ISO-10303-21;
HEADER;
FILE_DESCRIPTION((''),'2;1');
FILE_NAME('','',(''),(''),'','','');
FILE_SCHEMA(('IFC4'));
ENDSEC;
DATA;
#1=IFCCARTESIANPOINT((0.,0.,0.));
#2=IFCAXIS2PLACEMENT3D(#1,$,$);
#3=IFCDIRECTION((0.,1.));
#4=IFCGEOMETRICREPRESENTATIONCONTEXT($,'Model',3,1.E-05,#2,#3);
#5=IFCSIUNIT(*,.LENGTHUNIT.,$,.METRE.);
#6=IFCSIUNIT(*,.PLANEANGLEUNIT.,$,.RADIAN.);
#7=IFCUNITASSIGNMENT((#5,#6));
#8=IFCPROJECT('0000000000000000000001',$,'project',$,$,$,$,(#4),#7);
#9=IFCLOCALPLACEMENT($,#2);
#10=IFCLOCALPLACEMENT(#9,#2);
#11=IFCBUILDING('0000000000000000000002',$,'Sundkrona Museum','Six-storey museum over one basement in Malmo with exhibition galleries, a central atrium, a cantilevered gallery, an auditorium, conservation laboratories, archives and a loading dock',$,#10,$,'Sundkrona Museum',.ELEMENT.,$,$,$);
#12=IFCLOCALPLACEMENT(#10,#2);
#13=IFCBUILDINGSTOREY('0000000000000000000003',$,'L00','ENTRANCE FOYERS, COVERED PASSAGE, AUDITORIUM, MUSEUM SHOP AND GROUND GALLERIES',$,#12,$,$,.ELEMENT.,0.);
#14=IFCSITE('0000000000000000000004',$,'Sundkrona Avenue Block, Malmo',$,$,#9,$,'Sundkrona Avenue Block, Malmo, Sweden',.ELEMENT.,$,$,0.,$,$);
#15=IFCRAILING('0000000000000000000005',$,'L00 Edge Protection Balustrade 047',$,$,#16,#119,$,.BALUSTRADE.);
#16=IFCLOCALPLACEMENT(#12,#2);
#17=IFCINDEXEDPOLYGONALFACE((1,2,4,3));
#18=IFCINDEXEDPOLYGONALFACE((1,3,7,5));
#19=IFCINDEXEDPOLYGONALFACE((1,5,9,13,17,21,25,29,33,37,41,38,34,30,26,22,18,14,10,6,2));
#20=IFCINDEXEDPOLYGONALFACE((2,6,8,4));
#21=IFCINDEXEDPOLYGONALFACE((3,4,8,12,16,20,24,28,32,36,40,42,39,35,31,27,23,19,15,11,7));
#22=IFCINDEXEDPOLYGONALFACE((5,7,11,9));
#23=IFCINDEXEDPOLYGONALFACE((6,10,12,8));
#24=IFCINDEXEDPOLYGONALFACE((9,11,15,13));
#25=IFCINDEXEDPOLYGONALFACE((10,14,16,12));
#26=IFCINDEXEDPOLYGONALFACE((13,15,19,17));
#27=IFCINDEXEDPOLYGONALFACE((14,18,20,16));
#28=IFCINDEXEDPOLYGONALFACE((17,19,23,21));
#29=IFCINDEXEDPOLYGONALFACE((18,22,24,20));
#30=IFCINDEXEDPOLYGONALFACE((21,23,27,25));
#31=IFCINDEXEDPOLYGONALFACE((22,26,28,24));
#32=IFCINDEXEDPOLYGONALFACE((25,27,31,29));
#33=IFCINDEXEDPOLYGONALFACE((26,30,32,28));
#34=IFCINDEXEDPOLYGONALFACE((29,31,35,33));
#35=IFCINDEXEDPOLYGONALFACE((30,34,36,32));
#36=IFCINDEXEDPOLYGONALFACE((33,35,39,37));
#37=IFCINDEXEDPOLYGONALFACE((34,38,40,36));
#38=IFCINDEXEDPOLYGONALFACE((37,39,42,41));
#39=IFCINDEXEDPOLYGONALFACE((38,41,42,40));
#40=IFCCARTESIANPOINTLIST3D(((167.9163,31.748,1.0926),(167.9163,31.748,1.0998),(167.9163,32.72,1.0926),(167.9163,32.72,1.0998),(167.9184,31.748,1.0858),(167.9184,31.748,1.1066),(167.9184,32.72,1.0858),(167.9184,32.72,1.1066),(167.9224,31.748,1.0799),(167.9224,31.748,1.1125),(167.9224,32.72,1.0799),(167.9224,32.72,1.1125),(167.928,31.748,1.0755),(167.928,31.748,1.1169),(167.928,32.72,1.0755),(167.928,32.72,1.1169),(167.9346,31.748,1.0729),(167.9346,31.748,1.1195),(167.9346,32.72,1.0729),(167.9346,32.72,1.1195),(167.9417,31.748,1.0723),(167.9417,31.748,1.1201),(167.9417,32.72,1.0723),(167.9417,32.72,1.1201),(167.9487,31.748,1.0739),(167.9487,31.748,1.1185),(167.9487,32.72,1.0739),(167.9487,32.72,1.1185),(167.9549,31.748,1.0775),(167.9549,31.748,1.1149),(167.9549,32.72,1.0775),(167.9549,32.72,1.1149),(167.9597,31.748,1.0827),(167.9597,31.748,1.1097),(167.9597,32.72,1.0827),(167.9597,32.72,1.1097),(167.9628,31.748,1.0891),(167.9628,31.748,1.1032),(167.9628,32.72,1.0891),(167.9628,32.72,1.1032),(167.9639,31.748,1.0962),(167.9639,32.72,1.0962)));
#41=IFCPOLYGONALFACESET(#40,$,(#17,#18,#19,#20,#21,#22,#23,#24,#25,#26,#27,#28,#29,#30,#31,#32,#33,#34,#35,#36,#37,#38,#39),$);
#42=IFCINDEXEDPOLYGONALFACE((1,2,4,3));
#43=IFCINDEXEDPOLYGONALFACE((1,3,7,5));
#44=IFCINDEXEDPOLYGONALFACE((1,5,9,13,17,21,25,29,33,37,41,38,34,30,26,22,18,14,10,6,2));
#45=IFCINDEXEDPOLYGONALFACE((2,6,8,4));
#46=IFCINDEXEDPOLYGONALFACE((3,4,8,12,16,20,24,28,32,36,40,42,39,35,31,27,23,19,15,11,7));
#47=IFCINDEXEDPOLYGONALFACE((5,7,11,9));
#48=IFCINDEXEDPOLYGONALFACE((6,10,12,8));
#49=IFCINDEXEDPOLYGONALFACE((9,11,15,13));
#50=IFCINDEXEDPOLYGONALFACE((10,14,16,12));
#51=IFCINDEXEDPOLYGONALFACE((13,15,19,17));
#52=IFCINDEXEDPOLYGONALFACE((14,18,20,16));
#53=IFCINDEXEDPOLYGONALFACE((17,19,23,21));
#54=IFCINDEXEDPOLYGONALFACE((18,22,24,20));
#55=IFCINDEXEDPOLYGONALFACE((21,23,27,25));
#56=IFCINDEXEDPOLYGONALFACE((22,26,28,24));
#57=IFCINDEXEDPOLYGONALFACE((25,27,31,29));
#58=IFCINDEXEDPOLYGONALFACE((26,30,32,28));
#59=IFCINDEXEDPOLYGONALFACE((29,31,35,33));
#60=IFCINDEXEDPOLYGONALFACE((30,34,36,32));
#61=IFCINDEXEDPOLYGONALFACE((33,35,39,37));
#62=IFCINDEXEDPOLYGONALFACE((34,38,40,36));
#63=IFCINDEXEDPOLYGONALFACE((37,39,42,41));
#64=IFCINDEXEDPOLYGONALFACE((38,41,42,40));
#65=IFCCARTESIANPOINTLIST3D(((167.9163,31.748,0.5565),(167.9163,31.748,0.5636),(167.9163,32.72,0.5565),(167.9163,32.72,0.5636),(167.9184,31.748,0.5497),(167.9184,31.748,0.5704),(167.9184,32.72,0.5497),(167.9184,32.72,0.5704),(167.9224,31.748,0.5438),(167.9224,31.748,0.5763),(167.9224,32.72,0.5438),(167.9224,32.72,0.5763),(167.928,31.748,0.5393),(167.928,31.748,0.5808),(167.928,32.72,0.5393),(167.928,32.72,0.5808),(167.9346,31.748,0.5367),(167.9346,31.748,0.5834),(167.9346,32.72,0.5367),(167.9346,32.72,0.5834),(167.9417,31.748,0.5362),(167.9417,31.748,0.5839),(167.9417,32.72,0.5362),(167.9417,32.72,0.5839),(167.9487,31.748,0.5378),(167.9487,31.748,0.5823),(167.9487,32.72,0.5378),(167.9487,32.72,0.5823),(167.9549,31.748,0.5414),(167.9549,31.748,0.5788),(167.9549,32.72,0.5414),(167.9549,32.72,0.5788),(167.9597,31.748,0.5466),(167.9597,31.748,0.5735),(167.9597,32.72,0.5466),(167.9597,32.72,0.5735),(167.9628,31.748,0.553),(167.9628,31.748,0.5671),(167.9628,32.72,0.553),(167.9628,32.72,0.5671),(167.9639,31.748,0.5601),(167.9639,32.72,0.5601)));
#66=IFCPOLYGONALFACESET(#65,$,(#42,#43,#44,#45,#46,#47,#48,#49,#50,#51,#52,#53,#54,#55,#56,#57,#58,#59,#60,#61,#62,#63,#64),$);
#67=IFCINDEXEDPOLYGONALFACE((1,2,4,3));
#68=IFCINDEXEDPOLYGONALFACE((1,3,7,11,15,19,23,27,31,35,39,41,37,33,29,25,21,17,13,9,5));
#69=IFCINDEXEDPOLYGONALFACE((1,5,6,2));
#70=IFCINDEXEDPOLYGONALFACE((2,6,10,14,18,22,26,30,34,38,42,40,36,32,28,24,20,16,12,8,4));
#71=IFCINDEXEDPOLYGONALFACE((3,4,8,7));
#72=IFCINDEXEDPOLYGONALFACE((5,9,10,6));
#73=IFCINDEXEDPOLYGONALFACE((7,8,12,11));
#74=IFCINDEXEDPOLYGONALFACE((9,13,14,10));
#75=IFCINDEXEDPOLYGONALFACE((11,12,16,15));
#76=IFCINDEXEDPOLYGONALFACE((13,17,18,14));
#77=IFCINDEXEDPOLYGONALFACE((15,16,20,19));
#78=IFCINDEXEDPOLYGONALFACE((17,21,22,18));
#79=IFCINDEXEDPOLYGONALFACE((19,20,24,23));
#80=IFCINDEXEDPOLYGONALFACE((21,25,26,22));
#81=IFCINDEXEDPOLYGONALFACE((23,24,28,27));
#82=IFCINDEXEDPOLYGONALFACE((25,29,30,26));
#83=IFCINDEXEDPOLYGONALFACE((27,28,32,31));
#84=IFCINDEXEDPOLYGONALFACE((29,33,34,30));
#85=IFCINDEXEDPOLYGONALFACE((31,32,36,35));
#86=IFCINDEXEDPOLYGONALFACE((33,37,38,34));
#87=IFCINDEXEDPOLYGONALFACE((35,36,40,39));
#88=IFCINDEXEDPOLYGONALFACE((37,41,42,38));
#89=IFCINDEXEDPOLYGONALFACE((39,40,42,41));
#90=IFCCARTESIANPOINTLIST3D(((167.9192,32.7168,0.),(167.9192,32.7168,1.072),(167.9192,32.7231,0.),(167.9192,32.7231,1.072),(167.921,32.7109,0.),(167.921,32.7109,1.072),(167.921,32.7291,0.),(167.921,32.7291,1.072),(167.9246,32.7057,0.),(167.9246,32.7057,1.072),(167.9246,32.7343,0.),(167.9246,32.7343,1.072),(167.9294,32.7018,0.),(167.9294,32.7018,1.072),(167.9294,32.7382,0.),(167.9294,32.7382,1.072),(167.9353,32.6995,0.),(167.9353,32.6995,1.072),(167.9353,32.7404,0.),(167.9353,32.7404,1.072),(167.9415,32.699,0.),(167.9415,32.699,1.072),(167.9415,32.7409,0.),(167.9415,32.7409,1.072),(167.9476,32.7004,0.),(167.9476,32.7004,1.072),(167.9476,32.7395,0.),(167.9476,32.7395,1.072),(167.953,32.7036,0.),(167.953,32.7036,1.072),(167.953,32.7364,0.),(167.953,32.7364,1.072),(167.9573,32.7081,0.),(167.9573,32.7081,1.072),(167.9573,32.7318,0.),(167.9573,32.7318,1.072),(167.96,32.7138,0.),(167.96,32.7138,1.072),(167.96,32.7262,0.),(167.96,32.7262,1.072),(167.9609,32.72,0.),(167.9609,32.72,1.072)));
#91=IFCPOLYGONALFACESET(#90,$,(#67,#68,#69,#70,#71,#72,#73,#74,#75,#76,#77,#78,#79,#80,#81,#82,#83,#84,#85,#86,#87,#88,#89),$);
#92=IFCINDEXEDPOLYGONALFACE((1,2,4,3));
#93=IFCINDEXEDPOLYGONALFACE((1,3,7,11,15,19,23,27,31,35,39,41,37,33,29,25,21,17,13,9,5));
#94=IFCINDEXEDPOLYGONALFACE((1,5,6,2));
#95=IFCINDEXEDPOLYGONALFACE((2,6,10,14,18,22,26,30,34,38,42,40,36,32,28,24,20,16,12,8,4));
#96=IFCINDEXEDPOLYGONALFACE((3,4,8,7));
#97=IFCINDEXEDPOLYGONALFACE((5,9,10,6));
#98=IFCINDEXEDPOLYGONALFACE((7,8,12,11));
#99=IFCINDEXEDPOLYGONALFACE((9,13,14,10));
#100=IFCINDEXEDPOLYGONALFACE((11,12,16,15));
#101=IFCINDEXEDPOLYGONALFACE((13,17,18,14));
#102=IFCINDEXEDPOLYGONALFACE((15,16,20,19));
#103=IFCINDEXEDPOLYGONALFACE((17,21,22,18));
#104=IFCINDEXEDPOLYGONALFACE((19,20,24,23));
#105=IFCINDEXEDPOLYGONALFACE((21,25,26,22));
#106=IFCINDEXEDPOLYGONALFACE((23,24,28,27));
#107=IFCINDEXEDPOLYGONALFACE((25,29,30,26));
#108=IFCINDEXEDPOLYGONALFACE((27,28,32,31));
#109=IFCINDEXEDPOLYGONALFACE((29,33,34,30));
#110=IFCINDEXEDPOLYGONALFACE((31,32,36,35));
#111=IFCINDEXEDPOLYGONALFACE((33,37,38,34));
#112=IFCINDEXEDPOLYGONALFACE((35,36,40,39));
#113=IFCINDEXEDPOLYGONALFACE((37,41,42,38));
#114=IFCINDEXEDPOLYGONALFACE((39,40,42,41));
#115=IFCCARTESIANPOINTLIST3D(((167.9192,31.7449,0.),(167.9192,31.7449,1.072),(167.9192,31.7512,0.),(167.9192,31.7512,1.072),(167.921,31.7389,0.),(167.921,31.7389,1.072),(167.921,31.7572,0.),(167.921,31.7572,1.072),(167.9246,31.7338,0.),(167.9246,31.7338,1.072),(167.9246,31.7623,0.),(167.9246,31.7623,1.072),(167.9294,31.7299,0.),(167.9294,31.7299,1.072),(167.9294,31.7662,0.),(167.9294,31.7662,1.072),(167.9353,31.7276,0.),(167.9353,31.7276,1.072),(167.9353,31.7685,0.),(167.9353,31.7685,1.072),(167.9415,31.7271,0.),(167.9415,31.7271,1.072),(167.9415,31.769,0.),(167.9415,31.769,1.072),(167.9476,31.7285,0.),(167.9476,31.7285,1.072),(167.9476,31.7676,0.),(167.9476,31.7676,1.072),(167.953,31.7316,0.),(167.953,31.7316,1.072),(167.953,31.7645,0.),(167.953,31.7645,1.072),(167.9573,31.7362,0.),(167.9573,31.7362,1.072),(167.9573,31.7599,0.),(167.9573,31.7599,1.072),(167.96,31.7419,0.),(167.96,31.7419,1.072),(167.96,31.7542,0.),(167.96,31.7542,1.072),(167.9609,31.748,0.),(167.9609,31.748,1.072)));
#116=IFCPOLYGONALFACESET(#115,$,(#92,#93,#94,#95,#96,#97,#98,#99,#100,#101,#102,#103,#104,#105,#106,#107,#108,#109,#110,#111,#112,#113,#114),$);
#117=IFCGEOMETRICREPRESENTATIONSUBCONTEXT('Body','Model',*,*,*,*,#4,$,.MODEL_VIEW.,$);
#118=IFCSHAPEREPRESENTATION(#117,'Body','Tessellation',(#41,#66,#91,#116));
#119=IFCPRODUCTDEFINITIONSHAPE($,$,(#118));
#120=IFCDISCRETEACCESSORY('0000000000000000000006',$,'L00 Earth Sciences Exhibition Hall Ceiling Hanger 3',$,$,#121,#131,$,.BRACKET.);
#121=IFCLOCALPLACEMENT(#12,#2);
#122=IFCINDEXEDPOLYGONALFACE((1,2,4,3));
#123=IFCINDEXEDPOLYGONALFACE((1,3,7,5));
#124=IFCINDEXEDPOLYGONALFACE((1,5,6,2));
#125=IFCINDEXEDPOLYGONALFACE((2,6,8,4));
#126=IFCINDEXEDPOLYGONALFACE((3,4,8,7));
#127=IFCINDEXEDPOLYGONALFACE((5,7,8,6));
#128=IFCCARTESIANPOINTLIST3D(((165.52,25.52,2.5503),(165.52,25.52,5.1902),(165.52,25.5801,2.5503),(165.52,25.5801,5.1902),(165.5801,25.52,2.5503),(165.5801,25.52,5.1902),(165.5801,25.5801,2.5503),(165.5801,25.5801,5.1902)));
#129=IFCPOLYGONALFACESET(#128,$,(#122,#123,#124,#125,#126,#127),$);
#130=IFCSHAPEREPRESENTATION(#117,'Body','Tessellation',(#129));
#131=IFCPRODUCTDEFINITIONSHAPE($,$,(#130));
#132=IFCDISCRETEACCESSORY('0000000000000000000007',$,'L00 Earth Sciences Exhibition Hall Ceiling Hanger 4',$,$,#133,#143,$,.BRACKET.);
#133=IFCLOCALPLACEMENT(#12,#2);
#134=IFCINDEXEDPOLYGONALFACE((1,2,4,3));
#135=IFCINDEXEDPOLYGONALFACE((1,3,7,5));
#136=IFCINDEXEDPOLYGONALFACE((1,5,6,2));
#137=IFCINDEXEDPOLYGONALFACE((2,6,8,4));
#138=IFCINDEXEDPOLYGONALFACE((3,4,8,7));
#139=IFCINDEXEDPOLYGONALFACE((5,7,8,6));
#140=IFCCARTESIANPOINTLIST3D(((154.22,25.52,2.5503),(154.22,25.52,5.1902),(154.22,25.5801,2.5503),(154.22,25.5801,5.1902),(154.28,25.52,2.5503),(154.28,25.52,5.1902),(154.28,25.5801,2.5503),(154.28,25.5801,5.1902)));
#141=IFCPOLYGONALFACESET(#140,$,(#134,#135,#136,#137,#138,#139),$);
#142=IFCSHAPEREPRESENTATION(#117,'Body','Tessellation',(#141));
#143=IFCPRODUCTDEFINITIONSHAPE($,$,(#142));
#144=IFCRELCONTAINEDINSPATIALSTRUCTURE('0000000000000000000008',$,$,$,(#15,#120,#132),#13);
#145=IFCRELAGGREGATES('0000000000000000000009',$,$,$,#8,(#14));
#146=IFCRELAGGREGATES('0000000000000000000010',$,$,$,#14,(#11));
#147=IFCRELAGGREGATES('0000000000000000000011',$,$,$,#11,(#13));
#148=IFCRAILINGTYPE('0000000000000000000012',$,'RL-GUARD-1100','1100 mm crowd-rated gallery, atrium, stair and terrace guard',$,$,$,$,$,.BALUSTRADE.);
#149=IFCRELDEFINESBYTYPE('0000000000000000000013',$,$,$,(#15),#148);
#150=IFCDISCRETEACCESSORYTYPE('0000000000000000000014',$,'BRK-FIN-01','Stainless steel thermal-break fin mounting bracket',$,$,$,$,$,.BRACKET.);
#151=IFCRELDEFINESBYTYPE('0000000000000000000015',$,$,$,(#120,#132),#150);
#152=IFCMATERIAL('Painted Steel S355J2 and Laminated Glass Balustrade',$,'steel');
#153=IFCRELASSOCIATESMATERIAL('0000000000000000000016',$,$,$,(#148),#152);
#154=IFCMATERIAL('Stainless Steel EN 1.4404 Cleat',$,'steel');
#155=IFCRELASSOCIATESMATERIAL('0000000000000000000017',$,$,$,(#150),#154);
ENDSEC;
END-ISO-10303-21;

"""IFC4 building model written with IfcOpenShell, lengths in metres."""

from ifc_helpers import new_model, si_unit, direction, frame, origin, origin_2d, place, context, subcontext, project, spatial, rectangle, circle, extrude, material, type_object, element, save


model = new_model("IFC4")

# Units and contexts
model_context = context("Model", 3, precision=1e-05, world=origin(), true_north=direction((0.0, 1.0)))
body_context = subcontext(model_context, "Body", "Model", "MODEL_VIEW")
ifc_project = project(units=[si_unit("LENGTHUNIT", "METRE"), si_unit("PLANEANGLEUNIT", "RADIAN")], contexts=[model_context])

# Site, building, storey
site_placement = place(None, origin())
site = spatial("IfcSite", under=ifc_project, at=site_placement, Name="Sundkrona Avenue Block, Malmo", LongName="Sundkrona Avenue Block, Malmo, Sweden", CompositionType="ELEMENT", RefElevation=0.0)
building_placement = place(site_placement, origin())
building = spatial("IfcBuilding", under=site, at=building_placement, Name="Sundkrona Museum", Description="Six-storey museum over one basement in Malmo with exhibition galleries, a central atrium, a cantilevered gallery, an auditorium, conservation laboratories, archives and a loading dock", LongName="Sundkrona Museum", CompositionType="ELEMENT")
storey_placement = place(building_placement, origin())
storey = spatial("IfcBuildingStorey", under=building, at=storey_placement, Name="L00", Description="ENTRANCE FOYERS, COVERED PASSAGE, AUDITORIUM, MUSEUM SHOP AND GROUND GALLERIES", CompositionType="ELEMENT", Elevation=0.0)

# Railing
ifc_material_1 = material(Name="Painted Steel S355J2 and Laminated Glass Balustrade", Category="steel")
railing_type = type_object("IfcRailingType", Name="RL-GUARD-1100", Description="1100 mm crowd-rated gallery, atrium, stair and terrace guard", PredefinedType="BALUSTRADE", material=ifc_material_1)
railing_1_placement = place(storey_placement, frame((167.9399, 32.72, 0.0)))
element("IfcRailing", 1, at=railing_1_placement, inside=storey, type_object=railing_type, Name="L00 Edge Protection Balustrade 047", PredefinedType="BALUSTRADE", context=body_context, shape_type="SweptSolid", body=[
    extrude(circle(Radius=0.0239, at=origin_2d()), frame((0.0, 0.0, 1.0962), z_axis=(0.0, -1.0, 0.0), x_axis=(1.0, 0.0, 0.0)), (0.0, 0.0, 1.0), 0.9719),
    extrude(circle(Radius=0.0239, at=origin_2d()), frame((0.0, 0.0, 0.5601), z_axis=(0.0, -1.0, 0.0), x_axis=(1.0, 0.0, 0.0)), (0.0, 0.0, 1.0), 0.9719),
    extrude(circle(Radius=0.021, at=origin_2d()), origin(), (0.0, 0.0, 1.0), 1.072),
    extrude(circle(Radius=0.021, at=origin_2d()), frame((0.0, -0.9719, 0.0)), (0.0, 0.0, 1.0), 1.072),
])

# Discrete accessories
ifc_material_2 = material(Name="Stainless Steel EN 1.4404 Cleat", Category="steel")
discrete_accessory_type = type_object("IfcDiscreteAccessoryType", Name="BRK-FIN-01", Description="Stainless steel thermal-break fin mounting bracket", PredefinedType="BRACKET", material=ifc_material_2)
for number, where, z_axis, x_axis, name in (
    (2, (165.55, 25.55, 2.5503), (0.0, 0.0, 1.0), (1.0, 0.0, 0.0), "L00 Earth Sciences Exhibition Hall Ceiling Hanger 3"),
    (3, (154.25, 25.55, 2.5503), (0.0, 0.0, 1.0), (1.0, 0.0, 0.0), "L00 Earth Sciences Exhibition Hall Ceiling Hanger 4"),
):
    element("IfcDiscreteAccessory", number, at=place(storey_placement, frame(where, z_axis=z_axis, x_axis=x_axis)), inside=storey, type_object=discrete_accessory_type, Name=name, PredefinedType="BRACKET", context=body_context, shape_type="SweptSolid", body=[
        extrude(rectangle(XDim=0.0601, YDim=0.0601, at=origin_2d()), origin(), (0.0, 0.0, 1.0), 2.6399),
    ])

save(model, "model.ifc")
